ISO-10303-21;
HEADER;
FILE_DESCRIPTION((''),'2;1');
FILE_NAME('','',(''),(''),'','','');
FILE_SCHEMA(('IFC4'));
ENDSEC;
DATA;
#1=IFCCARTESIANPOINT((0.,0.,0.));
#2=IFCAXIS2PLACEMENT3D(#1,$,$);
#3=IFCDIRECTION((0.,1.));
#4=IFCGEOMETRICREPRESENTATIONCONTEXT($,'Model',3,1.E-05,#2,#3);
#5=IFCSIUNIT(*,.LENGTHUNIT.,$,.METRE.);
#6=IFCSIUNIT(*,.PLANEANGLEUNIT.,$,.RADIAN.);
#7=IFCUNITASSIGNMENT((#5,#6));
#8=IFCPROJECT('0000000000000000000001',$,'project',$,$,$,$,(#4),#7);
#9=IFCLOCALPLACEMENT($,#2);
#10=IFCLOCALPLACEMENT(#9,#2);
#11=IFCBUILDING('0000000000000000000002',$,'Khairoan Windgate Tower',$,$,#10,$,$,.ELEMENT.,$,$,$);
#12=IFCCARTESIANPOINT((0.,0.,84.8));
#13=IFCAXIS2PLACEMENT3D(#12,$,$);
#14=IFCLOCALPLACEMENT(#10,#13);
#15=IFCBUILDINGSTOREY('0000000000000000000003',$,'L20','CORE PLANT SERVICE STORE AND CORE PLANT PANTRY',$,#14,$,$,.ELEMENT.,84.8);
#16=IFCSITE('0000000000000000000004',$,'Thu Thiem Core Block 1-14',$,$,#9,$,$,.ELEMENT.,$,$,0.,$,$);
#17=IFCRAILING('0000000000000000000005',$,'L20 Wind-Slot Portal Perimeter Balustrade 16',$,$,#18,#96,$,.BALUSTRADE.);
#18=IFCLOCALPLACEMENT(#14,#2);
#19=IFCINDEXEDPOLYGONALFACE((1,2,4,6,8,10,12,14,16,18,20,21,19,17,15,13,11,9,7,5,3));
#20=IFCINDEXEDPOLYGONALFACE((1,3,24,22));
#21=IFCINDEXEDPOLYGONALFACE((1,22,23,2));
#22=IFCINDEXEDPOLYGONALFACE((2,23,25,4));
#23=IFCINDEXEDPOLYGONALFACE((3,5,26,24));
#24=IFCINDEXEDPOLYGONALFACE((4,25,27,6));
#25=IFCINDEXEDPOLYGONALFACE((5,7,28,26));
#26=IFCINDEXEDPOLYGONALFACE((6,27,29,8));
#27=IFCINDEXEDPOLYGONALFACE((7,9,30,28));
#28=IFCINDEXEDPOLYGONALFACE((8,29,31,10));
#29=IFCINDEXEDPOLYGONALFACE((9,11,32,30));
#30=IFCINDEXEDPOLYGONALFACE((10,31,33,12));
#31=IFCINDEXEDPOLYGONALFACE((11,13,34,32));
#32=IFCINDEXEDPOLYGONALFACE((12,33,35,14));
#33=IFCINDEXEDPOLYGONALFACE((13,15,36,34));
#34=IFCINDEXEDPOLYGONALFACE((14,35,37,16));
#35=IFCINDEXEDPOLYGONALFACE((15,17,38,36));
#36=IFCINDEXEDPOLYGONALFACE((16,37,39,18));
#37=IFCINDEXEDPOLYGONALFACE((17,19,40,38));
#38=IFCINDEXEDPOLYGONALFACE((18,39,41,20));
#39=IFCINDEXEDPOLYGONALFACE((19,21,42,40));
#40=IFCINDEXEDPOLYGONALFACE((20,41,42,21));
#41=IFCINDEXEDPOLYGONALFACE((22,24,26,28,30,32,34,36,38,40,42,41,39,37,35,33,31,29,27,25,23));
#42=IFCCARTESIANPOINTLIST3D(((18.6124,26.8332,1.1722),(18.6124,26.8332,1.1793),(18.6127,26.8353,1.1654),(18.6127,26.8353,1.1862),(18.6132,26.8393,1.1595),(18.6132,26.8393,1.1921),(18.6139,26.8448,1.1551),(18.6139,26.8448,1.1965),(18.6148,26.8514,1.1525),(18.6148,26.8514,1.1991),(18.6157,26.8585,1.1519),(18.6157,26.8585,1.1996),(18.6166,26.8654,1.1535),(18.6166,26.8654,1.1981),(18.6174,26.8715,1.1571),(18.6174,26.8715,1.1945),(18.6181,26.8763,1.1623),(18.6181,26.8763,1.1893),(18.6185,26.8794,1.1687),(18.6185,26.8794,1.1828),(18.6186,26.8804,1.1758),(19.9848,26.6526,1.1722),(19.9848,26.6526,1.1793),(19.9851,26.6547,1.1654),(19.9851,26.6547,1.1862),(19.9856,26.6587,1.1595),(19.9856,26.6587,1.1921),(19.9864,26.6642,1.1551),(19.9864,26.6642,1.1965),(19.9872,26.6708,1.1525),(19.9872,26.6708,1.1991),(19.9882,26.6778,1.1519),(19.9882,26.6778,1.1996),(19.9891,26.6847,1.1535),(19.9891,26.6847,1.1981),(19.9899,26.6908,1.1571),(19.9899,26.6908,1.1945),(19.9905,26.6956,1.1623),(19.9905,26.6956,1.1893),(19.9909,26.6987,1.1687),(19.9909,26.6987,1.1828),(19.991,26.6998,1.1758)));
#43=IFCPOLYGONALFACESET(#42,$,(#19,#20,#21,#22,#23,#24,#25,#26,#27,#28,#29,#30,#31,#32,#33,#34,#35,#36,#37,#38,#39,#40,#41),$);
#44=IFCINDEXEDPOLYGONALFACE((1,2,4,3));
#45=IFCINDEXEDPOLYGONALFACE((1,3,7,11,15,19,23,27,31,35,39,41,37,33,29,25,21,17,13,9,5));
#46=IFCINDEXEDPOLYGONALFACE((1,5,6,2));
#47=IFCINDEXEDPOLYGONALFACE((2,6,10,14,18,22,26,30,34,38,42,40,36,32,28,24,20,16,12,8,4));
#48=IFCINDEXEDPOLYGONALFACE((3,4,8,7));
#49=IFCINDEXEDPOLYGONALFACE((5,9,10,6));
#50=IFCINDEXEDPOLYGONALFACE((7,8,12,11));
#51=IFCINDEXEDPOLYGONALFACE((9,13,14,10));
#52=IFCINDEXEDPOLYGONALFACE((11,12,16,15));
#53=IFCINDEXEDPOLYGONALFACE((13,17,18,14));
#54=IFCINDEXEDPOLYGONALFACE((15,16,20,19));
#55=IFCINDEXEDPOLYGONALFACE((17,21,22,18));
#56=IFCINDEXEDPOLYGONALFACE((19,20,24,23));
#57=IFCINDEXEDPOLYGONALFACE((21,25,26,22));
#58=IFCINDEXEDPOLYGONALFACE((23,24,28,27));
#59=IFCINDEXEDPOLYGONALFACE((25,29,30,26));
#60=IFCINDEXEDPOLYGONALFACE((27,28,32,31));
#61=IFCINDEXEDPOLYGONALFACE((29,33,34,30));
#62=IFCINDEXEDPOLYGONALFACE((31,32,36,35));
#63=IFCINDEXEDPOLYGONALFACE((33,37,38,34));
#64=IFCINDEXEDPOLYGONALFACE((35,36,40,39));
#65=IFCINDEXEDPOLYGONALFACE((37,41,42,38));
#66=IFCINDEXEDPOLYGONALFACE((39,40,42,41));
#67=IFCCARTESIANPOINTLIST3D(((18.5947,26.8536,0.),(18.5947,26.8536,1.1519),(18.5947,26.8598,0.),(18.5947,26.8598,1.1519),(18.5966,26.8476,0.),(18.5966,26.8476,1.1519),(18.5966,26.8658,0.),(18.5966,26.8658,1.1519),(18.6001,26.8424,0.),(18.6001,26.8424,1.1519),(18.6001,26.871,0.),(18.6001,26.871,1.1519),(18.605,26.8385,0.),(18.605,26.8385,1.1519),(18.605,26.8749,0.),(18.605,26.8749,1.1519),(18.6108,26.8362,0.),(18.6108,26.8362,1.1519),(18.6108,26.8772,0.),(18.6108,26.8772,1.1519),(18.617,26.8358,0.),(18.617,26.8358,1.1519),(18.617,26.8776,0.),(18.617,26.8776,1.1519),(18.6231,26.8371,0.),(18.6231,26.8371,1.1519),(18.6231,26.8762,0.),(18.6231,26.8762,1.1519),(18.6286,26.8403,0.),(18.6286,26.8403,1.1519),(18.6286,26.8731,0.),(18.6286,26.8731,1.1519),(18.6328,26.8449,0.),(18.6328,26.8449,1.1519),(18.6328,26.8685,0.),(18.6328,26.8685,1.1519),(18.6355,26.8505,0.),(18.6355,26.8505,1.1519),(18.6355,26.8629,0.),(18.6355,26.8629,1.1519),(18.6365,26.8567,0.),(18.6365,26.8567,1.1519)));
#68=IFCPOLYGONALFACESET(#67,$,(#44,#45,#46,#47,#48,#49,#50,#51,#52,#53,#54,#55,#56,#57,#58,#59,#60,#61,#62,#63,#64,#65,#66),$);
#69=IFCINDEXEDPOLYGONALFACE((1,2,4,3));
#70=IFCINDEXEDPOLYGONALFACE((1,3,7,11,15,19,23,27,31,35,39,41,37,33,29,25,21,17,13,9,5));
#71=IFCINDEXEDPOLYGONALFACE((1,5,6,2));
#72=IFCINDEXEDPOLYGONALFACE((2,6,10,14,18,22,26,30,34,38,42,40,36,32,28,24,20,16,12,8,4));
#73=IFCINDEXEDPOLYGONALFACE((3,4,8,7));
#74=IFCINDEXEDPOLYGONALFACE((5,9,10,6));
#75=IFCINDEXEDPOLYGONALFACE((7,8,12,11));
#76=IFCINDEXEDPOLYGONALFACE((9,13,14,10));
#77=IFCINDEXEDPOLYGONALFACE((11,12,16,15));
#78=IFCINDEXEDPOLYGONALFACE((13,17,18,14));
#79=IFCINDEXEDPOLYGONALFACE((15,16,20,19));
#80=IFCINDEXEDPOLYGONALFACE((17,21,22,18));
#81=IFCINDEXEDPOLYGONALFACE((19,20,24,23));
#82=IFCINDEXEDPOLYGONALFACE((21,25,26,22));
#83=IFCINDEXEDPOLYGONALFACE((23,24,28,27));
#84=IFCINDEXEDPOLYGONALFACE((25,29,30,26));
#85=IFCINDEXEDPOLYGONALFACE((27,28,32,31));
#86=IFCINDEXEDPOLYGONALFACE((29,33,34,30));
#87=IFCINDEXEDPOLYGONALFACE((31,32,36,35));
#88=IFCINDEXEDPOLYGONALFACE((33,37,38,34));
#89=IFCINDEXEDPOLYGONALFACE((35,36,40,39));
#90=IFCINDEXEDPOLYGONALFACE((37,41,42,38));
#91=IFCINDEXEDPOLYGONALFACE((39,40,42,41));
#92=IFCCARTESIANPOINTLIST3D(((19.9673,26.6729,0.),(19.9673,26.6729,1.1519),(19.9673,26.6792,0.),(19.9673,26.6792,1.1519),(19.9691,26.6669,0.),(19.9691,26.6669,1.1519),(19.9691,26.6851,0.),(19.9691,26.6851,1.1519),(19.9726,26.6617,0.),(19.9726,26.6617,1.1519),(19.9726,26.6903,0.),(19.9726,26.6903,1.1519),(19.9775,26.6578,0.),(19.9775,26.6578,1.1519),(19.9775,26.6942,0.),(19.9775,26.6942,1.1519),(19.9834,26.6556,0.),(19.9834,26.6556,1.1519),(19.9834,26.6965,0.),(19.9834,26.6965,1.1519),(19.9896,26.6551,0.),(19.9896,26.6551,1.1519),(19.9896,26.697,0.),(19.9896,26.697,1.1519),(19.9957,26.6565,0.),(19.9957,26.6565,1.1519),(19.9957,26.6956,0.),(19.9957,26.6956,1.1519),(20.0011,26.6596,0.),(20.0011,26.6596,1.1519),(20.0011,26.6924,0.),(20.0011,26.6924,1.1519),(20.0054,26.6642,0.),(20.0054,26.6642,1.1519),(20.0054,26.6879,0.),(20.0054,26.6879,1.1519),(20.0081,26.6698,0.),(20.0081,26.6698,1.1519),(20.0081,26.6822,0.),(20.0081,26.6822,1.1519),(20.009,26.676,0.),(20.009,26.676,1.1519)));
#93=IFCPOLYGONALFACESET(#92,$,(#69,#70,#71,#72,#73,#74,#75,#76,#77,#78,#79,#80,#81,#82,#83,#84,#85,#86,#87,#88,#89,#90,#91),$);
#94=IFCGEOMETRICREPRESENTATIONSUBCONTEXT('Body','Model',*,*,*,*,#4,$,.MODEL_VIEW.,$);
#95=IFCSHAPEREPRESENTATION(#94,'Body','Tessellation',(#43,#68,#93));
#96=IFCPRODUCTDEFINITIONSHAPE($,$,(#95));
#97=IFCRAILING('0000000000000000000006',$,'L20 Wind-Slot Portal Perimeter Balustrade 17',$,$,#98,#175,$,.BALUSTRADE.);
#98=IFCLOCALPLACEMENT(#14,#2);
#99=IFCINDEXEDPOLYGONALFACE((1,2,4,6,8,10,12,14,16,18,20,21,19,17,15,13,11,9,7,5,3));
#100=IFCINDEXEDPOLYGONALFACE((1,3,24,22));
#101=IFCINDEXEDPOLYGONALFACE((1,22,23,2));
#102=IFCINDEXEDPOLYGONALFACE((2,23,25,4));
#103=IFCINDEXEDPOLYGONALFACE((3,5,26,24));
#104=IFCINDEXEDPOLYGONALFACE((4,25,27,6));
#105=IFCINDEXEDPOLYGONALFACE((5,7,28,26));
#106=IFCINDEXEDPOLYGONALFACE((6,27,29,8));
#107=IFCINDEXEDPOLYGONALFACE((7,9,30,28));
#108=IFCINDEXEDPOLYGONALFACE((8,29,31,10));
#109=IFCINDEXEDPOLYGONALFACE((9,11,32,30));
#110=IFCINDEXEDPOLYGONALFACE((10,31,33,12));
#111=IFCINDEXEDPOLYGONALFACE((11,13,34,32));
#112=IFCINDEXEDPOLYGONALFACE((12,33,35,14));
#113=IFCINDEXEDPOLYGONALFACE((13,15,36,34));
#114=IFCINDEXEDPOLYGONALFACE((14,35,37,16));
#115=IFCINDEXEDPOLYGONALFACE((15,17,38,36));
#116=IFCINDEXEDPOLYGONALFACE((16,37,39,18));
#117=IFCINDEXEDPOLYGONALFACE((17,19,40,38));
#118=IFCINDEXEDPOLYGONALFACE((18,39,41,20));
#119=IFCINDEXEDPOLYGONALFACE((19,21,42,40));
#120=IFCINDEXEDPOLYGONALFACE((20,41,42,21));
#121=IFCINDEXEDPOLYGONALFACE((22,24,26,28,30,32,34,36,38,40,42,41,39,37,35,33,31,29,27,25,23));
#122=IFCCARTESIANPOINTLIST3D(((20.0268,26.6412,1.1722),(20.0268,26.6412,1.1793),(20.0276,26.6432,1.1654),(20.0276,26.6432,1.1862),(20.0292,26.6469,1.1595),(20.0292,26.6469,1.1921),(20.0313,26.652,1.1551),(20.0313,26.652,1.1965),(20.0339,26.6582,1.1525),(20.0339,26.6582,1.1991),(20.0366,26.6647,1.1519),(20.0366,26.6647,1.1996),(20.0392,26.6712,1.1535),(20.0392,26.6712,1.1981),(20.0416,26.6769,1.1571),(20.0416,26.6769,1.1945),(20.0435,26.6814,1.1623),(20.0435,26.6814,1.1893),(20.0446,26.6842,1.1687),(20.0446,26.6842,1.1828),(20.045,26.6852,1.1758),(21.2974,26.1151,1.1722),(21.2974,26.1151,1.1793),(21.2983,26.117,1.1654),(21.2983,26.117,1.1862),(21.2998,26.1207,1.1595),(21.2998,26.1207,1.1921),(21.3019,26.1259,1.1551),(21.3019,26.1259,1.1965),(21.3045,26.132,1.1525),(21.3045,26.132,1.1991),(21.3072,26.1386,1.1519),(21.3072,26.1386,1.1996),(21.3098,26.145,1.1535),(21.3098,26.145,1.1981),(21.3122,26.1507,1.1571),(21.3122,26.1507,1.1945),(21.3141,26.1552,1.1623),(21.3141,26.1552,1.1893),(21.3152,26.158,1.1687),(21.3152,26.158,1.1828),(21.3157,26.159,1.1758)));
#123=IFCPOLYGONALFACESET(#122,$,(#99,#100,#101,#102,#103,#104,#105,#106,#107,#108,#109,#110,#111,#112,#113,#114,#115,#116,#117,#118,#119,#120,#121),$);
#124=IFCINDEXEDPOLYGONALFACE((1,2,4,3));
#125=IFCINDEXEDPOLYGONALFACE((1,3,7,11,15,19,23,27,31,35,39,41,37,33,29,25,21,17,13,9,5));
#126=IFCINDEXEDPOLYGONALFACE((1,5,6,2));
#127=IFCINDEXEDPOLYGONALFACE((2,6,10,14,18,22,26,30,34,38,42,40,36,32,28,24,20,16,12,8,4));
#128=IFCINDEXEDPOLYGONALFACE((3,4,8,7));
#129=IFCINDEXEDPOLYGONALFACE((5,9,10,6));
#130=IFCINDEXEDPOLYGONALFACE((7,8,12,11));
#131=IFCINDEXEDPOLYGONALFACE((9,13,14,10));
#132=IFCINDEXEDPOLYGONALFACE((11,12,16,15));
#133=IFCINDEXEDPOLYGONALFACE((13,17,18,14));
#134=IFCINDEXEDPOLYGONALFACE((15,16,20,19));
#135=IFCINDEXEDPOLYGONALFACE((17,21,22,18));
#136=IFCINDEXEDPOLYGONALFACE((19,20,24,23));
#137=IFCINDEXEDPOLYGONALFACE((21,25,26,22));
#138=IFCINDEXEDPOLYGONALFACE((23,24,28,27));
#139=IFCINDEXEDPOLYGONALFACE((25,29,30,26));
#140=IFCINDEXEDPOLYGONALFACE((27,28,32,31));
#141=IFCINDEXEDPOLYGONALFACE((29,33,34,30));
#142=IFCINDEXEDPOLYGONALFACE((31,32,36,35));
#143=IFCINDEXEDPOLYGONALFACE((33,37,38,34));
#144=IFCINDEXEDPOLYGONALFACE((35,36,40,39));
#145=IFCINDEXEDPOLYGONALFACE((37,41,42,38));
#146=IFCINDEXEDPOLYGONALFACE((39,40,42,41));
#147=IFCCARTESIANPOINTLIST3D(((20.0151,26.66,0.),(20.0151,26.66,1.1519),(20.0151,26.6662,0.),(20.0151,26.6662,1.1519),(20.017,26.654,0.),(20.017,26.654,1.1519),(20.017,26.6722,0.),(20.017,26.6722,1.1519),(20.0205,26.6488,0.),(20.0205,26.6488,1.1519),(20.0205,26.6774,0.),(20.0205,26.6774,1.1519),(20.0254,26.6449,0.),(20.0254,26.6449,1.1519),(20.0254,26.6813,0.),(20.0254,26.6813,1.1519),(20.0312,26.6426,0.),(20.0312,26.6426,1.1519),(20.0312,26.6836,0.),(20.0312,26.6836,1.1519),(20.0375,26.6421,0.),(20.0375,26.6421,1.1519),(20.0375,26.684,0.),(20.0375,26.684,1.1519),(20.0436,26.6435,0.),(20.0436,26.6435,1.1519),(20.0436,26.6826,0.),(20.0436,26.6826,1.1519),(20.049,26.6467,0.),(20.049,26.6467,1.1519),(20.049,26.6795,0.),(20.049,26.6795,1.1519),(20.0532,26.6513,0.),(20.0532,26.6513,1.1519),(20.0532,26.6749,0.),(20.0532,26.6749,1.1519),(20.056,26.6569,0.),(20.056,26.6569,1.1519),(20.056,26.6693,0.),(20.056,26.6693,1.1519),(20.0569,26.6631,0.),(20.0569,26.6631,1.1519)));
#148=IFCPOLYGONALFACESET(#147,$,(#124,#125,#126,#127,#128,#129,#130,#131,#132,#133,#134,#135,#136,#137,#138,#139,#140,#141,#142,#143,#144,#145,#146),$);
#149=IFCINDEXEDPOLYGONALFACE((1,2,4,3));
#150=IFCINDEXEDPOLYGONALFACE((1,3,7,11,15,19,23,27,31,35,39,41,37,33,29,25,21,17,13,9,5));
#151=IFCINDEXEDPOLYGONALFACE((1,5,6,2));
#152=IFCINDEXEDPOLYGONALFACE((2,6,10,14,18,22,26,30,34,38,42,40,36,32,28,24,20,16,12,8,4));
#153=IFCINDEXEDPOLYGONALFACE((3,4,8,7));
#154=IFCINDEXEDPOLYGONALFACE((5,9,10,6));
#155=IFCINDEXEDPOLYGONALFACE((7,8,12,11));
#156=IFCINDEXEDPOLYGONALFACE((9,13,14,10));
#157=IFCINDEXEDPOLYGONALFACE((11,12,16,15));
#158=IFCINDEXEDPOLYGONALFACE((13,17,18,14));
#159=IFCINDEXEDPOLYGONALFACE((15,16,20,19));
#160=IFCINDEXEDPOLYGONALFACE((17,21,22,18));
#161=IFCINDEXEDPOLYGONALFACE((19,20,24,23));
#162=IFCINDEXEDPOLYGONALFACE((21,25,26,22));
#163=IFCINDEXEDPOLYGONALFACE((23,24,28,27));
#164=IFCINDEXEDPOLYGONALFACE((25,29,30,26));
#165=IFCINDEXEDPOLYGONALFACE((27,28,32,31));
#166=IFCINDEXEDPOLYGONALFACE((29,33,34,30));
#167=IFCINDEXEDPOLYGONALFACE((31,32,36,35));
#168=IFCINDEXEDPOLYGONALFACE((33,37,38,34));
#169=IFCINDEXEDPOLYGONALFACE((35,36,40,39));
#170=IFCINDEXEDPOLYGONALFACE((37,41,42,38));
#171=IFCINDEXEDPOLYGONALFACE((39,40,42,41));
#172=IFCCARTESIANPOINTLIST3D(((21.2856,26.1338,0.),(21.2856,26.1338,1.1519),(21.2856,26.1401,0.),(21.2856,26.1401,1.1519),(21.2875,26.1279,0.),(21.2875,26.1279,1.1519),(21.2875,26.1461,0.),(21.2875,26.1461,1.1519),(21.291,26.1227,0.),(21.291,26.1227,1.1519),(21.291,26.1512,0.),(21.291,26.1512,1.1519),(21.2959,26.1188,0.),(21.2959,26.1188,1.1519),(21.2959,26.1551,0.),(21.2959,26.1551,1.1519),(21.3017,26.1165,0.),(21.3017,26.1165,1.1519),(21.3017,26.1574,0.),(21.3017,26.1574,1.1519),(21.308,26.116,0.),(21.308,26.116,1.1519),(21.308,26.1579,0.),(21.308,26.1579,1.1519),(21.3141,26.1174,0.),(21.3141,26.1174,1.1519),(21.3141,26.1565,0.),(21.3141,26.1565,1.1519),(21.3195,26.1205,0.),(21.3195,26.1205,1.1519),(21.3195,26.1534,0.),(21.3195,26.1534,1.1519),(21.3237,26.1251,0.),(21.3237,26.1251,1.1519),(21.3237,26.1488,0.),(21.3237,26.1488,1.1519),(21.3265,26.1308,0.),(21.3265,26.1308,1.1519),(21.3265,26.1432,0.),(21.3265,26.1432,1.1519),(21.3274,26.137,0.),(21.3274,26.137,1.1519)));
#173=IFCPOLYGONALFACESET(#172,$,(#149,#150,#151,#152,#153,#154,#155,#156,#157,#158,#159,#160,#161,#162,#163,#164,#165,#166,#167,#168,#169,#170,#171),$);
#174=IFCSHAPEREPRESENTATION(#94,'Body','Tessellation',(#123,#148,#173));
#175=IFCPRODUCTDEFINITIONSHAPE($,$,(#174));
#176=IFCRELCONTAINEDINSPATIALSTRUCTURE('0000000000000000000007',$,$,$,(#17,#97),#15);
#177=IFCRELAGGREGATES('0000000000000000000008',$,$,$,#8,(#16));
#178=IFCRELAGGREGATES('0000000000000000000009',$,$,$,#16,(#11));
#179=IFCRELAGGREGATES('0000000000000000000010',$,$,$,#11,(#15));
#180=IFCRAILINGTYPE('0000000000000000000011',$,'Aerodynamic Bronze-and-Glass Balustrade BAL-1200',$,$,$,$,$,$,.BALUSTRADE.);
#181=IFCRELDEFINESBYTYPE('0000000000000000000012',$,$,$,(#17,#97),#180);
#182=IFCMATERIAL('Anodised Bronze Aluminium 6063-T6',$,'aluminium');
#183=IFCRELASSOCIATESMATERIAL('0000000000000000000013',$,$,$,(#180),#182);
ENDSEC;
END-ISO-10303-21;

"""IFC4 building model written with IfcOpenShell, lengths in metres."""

from ifc_helpers import new_model, si_unit, direction, frame, origin, origin_2d, place, context, subcontext, project, spatial, circle, extrude, material, type_object, element, save


model = new_model("IFC4")

# Units and contexts
model_context = context("Model", 3, precision=1e-05, world=origin(), true_north=direction((0.0, 1.0)))
body_context = subcontext(model_context, "Body", "Model", "MODEL_VIEW")
ifc_project = project(units=[si_unit("LENGTHUNIT", "METRE"), si_unit("PLANEANGLEUNIT", "RADIAN")], contexts=[model_context])

# Site, building, storey
site_placement = place(None, origin())
site = spatial("IfcSite", under=ifc_project, at=site_placement, Name="Thu Thiem Core Block 1-14", CompositionType="ELEMENT", RefElevation=0.0)
building_placement = place(site_placement, origin())
building = spatial("IfcBuilding", under=site, at=building_placement, Name="Khairoan Windgate Tower", CompositionType="ELEMENT")
storey_placement = place(building_placement, frame((0.0, 0.0, 84.8)))
storey = spatial("IfcBuildingStorey", under=building, at=storey_placement, Name="L20", Description="CORE PLANT SERVICE STORE AND CORE PLANT PANTRY", CompositionType="ELEMENT", Elevation=84.8)

# Railings
ifc_material_1 = material(Name="Anodised Bronze Aluminium 6063-T6", Category="aluminium")
railing_type = type_object("IfcRailingType", Name="Aerodynamic Bronze-and-Glass Balustrade BAL-1200", PredefinedType="BALUSTRADE", material=ifc_material_1)
railing_1_placement = place(storey_placement, frame((18.6155, 26.8567, 0.0)))
element("IfcRailing", 1, at=railing_1_placement, inside=storey, type_object=railing_type, Name="L20 Wind-Slot Portal Perimeter Balustrade 16", PredefinedType="BALUSTRADE", context=body_context, shape_type="SweptSolid", body=[
    extrude(circle(Radius=0.0239, at=origin_2d()), frame((0.0, 0.0, 1.1758), z_axis=(0.991448, -0.1305, 0.0), x_axis=(0.1305, 0.991448, 0.0)), (0.0, 0.0, 1.0), 1.3843),
    extrude(circle(Radius=0.021, at=origin_2d()), origin(), (0.0, 0.0, 1.0), 1.1519),
    extrude(circle(Radius=0.021, at=origin_2d()), frame((1.3726, -0.1807, 0.0)), (0.0, 0.0, 1.0), 1.1519),
])
railing_2_placement = place(storey_placement, frame((20.0359, 26.6631, 0.0)))
element("IfcRailing", 2, at=railing_2_placement, inside=storey, type_object=railing_type, Name="L20 Wind-Slot Portal Perimeter Balustrade 17", PredefinedType="BALUSTRADE", context=body_context, shape_type="SweptSolid", body=[
    extrude(circle(Radius=0.0239, at=origin_2d()), frame((0.0, 0.0, 1.1758), z_axis=(0.923915, -0.382597, 0.0), x_axis=(0.382597, 0.923915, 0.0)), (0.0, 0.0, 1.0), 1.3752),
    extrude(circle(Radius=0.021, at=origin_2d()), origin(), (0.0, 0.0, 1.0), 1.1519),
    extrude(circle(Radius=0.021, at=origin_2d()), frame((1.2705, -0.5261, 0.0)), (0.0, 0.0, 1.0), 1.1519),
])

save(model, "model.ifc")
